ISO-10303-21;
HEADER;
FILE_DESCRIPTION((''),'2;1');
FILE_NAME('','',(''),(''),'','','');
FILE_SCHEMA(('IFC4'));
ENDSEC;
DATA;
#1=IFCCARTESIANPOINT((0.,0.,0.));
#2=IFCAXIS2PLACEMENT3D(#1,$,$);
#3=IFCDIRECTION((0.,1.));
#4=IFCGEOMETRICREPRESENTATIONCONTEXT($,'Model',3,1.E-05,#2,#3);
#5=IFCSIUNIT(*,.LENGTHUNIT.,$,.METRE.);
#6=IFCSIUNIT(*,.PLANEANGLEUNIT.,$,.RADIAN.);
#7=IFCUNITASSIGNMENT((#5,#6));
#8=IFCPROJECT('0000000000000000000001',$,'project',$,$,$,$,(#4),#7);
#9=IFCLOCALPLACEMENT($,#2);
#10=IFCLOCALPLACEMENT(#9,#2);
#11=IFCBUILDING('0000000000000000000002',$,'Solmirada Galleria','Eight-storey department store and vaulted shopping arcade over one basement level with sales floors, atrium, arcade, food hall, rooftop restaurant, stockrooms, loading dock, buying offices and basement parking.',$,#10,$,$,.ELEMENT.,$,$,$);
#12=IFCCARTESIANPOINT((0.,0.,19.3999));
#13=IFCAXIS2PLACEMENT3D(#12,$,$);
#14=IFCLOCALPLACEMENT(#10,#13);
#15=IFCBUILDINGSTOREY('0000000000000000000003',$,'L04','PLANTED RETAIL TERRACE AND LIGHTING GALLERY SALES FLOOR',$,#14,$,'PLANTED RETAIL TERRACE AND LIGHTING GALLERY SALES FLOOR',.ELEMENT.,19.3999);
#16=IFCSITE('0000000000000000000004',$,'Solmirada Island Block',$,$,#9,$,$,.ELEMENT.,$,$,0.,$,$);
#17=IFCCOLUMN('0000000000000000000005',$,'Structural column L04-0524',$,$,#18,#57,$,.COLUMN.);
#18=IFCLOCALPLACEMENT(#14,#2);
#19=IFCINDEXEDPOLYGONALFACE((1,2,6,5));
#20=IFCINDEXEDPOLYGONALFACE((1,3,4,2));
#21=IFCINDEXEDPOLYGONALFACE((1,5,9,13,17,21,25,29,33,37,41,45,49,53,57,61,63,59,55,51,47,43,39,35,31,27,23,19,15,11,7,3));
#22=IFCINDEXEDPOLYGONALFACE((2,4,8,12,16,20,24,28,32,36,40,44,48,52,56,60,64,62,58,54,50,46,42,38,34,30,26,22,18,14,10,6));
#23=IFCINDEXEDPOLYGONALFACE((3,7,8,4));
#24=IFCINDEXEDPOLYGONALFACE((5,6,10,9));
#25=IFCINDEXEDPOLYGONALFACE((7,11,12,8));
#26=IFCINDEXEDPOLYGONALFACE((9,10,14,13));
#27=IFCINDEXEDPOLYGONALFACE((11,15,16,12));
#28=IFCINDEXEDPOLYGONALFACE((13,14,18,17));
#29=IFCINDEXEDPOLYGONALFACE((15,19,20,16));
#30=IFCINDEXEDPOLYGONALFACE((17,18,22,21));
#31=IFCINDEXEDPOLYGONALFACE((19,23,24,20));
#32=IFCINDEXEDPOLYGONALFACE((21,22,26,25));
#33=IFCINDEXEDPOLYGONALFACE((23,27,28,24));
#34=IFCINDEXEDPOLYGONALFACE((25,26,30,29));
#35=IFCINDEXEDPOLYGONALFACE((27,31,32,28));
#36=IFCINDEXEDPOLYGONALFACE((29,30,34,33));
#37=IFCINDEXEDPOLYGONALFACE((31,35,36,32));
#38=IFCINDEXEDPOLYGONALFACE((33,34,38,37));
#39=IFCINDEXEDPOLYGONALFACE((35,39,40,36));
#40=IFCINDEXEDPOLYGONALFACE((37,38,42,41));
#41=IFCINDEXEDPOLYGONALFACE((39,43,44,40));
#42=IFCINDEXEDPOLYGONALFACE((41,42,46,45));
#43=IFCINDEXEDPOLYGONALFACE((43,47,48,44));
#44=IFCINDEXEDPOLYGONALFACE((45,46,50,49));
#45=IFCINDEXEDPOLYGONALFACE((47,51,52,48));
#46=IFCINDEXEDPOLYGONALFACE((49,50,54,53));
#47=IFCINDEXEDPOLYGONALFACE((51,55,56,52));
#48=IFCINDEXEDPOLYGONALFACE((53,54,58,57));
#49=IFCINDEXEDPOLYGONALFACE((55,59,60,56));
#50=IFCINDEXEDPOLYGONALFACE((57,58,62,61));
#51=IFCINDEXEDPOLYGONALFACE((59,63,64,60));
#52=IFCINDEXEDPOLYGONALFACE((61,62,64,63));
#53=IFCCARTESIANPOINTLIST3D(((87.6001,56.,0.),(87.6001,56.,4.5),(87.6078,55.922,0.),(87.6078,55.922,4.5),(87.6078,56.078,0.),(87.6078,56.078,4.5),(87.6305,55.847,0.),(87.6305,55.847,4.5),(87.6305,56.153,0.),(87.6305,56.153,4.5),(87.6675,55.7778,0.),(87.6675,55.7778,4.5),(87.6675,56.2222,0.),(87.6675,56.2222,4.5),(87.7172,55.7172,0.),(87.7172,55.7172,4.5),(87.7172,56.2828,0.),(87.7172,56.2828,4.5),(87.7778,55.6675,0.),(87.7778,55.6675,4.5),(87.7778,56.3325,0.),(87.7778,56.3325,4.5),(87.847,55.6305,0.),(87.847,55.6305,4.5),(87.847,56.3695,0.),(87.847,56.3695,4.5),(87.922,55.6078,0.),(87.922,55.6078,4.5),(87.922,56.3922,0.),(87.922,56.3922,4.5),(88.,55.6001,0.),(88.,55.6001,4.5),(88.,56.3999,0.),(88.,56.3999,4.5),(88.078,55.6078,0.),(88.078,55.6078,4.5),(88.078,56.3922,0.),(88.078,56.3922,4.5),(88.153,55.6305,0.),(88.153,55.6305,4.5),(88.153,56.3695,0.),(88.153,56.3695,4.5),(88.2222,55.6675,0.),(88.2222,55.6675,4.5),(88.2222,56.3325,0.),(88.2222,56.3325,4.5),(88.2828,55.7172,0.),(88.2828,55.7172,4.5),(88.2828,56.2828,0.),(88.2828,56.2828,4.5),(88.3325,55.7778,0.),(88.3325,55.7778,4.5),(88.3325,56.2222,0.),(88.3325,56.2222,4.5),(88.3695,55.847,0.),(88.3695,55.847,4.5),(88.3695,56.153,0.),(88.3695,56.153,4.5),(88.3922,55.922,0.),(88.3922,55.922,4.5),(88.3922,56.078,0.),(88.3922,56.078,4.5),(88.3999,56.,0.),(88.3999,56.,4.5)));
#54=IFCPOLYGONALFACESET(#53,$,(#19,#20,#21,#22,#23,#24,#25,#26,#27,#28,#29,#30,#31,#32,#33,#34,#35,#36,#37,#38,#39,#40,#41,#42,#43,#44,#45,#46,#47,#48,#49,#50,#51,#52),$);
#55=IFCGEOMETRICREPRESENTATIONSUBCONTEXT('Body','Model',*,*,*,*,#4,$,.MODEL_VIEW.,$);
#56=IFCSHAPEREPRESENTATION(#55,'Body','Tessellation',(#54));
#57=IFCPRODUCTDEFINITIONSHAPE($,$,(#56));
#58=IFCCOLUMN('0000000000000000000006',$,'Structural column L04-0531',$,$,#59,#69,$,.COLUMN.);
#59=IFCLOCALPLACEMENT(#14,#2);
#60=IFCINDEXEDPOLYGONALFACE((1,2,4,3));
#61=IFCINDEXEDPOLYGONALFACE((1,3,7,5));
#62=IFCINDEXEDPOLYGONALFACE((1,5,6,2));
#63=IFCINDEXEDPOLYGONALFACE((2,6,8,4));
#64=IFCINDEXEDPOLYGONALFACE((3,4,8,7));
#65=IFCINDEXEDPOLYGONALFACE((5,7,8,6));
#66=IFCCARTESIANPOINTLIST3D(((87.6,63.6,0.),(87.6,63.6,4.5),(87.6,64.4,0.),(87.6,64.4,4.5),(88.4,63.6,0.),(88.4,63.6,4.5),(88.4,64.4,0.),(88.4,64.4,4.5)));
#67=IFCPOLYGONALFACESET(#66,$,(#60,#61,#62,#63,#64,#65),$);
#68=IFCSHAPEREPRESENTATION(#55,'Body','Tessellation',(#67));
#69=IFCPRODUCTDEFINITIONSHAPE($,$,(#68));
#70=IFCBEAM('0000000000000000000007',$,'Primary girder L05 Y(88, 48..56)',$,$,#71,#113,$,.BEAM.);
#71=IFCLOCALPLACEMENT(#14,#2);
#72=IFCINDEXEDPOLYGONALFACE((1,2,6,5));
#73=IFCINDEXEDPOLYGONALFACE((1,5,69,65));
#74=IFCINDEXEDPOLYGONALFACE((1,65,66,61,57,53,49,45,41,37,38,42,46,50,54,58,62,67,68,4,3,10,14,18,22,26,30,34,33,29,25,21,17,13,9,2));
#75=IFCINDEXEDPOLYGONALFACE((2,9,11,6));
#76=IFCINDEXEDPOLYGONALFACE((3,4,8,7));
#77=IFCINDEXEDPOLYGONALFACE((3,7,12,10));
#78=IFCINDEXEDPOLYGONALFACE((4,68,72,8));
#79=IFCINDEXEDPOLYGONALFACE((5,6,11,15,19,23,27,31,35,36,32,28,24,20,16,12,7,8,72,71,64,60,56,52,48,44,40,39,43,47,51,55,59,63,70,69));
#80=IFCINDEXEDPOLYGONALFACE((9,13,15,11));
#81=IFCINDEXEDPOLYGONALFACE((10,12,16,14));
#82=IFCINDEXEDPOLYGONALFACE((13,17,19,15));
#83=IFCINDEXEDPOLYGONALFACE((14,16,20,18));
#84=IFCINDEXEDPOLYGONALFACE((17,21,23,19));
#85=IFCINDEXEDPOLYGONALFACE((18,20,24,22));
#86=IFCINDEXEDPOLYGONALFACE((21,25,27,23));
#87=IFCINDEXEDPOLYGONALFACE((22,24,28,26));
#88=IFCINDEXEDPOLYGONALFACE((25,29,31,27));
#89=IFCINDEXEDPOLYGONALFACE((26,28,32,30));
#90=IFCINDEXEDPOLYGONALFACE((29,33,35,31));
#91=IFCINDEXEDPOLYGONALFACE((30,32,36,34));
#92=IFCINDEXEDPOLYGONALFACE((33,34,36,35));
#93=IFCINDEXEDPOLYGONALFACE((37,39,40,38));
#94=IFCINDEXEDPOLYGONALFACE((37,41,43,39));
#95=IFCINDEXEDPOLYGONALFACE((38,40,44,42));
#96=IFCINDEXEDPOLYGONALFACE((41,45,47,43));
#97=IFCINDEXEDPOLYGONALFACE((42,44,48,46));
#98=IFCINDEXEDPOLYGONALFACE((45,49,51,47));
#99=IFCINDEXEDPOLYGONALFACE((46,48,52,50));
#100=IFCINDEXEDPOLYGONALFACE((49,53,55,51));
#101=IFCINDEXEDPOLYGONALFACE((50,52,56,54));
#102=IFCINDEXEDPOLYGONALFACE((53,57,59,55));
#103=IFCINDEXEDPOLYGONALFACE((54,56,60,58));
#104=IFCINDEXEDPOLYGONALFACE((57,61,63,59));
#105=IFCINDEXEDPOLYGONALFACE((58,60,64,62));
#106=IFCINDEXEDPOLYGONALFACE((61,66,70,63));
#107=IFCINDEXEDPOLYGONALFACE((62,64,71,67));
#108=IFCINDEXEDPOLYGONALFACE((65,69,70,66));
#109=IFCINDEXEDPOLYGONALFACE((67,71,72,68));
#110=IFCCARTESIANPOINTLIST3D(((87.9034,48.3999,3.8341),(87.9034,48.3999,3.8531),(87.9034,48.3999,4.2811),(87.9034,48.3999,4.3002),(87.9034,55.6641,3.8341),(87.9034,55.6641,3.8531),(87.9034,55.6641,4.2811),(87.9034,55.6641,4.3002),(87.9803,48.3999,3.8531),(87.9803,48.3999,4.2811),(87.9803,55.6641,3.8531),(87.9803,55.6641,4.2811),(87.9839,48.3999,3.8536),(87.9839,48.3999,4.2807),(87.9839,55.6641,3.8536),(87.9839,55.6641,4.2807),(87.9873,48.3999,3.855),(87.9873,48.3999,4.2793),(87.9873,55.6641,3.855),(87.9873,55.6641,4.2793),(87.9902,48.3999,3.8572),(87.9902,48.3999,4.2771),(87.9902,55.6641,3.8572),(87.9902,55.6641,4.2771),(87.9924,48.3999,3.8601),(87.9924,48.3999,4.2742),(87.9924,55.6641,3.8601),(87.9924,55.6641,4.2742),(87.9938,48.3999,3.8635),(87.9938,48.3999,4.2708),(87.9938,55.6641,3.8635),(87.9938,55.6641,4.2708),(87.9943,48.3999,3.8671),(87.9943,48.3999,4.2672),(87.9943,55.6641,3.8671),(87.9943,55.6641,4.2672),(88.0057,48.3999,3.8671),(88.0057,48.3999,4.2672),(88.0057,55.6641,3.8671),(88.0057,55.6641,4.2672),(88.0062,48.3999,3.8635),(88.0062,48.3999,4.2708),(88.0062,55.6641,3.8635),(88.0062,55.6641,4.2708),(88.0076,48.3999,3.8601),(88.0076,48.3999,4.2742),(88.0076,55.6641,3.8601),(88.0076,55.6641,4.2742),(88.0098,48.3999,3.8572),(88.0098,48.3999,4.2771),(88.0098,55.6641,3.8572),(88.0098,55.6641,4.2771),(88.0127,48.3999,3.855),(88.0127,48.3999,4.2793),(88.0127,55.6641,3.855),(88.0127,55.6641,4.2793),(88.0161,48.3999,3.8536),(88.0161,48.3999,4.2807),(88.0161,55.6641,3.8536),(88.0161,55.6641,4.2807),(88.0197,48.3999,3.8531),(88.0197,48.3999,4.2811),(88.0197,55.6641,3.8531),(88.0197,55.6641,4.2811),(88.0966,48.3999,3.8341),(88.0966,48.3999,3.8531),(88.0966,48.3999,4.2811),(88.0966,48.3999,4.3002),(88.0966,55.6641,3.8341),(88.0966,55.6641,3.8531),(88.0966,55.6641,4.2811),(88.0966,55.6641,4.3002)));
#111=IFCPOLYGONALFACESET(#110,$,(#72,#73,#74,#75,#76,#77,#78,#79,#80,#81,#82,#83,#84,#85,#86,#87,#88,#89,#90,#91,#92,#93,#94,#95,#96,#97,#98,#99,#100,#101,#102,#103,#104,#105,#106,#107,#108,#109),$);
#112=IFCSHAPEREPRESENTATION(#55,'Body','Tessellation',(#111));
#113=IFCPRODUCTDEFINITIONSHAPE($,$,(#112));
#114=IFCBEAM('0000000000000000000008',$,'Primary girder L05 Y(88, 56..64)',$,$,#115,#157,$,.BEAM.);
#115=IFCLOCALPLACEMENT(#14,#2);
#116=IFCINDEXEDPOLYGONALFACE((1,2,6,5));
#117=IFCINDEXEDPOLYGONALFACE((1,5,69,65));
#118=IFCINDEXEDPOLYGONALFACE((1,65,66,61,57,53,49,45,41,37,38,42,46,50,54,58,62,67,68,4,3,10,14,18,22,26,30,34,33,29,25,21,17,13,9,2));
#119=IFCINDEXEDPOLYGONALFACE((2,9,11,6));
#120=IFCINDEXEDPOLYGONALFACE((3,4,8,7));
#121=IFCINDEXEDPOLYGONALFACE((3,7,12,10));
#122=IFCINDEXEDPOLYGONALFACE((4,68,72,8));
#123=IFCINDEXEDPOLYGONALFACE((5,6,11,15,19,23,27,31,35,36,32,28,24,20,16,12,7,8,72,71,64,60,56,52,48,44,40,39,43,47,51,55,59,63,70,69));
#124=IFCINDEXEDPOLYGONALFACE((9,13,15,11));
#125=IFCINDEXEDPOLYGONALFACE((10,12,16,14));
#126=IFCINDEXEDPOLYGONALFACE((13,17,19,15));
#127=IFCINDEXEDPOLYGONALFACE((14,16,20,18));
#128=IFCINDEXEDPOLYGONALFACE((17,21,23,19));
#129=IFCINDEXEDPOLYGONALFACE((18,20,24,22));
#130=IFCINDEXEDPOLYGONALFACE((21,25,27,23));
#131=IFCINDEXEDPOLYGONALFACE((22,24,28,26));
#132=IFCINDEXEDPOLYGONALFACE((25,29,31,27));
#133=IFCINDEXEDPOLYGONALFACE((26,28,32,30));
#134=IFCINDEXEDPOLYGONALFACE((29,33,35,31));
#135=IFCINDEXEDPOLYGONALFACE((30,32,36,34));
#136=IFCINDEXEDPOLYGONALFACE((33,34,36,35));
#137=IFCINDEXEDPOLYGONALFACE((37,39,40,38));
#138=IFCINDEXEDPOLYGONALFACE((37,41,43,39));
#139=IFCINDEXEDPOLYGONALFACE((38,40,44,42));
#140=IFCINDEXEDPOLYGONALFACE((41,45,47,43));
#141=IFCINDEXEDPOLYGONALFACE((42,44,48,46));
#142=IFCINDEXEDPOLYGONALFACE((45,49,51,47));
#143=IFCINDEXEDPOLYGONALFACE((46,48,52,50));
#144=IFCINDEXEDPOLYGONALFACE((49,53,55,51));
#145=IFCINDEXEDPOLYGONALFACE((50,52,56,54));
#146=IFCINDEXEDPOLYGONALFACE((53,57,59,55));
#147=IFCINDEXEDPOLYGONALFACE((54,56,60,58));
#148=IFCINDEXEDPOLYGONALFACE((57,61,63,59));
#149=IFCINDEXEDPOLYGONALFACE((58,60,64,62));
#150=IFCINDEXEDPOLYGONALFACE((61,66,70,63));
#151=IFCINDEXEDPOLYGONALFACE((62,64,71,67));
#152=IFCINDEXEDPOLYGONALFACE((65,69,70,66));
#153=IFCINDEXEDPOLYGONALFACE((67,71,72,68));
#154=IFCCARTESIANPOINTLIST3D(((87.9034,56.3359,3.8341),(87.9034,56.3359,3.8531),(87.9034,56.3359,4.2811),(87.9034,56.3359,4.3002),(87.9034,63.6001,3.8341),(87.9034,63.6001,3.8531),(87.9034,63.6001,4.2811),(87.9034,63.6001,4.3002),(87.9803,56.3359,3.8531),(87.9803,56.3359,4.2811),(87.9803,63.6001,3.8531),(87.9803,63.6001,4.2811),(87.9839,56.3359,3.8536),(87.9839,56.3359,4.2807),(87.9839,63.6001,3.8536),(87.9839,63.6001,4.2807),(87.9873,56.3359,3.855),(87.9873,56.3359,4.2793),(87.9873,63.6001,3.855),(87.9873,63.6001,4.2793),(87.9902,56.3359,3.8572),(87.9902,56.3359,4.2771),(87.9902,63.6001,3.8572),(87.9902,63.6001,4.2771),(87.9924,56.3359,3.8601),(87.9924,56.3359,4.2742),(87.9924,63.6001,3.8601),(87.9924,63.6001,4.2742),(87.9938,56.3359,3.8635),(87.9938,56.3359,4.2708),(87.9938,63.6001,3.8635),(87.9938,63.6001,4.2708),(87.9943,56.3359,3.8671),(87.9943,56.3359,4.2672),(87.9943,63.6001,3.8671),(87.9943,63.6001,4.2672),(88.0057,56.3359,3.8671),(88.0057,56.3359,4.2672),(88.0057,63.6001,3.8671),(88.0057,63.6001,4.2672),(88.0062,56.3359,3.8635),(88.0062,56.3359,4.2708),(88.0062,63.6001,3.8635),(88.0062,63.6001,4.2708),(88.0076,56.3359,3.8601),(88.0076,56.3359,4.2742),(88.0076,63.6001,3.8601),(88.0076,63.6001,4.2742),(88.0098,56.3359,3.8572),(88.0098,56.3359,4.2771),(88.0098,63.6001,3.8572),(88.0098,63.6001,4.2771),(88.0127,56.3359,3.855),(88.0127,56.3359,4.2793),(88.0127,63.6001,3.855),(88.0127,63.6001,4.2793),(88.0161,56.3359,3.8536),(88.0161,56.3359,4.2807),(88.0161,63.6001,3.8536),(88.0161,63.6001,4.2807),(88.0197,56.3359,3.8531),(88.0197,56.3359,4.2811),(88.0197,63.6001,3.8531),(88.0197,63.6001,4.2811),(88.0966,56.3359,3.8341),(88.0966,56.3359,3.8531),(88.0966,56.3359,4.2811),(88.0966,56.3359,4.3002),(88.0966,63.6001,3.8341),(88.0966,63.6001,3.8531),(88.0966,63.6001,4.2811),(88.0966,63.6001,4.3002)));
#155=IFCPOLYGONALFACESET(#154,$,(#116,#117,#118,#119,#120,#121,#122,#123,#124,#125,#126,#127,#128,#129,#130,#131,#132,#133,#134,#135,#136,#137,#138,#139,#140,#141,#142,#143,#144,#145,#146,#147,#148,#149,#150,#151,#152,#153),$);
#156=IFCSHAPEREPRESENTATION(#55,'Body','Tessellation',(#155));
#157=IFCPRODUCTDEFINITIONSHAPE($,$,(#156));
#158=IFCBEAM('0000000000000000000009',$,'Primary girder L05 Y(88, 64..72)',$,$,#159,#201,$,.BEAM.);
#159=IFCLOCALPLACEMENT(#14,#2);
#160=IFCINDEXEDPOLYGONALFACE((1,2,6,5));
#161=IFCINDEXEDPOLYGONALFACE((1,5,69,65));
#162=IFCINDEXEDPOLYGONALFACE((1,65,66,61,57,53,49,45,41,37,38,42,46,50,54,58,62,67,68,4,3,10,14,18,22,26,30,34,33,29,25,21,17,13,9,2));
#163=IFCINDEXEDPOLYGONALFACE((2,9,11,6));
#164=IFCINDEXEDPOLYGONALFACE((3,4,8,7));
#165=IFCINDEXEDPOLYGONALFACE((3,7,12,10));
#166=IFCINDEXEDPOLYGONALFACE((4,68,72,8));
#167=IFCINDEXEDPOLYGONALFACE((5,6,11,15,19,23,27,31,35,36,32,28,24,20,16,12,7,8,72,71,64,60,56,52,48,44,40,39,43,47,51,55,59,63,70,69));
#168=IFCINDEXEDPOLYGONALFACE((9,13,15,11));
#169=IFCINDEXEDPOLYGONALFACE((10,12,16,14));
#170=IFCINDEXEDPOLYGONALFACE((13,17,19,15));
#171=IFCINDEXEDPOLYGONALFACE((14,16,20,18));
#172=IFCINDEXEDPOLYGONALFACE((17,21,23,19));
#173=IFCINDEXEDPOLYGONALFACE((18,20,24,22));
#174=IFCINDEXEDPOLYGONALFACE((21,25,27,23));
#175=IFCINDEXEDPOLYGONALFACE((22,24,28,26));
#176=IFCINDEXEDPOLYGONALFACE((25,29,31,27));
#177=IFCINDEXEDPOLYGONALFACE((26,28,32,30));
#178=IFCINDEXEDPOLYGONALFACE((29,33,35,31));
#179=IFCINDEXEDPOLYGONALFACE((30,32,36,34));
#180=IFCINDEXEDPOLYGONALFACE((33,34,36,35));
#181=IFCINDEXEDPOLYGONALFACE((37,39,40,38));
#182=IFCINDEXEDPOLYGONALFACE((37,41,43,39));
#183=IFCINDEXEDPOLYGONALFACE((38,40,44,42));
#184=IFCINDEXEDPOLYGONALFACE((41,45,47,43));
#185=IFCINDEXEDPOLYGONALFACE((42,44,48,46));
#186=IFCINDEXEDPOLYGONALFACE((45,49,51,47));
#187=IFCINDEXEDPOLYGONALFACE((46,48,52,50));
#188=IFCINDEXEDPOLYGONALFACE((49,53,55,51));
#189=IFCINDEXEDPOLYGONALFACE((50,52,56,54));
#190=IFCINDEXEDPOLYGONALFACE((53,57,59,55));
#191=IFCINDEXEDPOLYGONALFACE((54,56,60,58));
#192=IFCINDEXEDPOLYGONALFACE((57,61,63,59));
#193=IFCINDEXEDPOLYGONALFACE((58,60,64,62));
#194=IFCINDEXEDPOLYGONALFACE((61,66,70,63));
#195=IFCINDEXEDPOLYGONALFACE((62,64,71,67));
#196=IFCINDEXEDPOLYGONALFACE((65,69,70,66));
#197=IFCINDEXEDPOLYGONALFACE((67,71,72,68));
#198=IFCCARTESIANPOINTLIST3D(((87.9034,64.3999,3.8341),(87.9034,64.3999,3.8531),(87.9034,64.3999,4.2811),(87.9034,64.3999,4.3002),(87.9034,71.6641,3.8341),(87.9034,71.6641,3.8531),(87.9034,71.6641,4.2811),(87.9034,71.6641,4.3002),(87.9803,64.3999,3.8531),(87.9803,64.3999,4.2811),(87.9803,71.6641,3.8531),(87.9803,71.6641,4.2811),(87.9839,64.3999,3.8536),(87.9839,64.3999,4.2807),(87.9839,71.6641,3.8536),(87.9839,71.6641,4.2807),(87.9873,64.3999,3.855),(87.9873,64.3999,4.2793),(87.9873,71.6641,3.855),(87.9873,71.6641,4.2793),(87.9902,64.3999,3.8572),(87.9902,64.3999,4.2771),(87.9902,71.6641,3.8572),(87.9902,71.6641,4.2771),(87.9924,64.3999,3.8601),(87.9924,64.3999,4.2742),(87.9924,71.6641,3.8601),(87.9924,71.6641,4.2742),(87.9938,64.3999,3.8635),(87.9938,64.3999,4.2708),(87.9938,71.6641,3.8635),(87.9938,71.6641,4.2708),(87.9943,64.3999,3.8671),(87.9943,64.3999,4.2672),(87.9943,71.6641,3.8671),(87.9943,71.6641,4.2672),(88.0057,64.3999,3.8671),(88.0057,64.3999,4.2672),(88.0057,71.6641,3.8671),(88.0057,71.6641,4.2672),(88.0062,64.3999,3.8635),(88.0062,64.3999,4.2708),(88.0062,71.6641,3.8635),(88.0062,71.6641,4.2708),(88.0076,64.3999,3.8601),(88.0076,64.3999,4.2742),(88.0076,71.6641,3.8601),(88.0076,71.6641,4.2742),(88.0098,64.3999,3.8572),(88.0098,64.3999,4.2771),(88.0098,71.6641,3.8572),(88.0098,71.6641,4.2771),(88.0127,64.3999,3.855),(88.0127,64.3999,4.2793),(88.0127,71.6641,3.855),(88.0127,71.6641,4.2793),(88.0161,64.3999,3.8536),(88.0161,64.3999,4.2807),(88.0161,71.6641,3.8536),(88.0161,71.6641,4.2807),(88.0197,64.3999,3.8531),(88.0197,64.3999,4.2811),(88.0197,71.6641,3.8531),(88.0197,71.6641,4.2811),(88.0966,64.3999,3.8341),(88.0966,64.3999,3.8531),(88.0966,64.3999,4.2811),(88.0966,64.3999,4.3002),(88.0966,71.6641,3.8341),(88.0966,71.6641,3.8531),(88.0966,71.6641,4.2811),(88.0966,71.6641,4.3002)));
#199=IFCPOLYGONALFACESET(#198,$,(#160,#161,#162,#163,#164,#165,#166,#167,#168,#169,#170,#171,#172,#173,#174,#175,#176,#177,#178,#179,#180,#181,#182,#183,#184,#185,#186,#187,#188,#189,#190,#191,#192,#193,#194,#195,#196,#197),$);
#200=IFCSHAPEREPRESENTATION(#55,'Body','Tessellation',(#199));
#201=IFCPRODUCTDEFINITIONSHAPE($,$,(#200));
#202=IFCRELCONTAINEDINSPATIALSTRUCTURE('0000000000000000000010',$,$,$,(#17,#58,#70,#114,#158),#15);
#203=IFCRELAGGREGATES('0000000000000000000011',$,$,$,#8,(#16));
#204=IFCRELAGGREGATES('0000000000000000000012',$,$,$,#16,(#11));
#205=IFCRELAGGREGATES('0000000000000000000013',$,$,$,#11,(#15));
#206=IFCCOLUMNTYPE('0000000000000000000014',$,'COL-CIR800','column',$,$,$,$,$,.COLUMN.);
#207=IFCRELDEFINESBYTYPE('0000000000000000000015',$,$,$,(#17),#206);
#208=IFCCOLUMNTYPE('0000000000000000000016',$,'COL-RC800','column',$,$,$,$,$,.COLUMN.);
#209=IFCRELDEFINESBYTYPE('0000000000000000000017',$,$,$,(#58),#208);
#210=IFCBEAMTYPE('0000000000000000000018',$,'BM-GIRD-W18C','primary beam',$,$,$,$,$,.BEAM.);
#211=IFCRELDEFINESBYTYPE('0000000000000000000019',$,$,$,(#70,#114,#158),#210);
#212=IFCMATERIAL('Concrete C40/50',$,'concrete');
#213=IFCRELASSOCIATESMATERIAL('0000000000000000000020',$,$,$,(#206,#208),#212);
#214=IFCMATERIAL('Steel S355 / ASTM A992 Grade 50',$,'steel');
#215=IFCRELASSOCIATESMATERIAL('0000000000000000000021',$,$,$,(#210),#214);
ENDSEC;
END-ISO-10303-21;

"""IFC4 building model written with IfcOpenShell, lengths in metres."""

from ifc_helpers import new_model, si_unit, direction, frame, origin, origin_2d, place, context, subcontext, project, spatial, rectangle, circle, i_section, extrude, material, material_profile, profile_set, type_object, element, save


model = new_model("IFC4")

# Units and contexts
model_context = context("Model", 3, precision=1e-05, world=origin(), true_north=direction((0.0, 1.0)))
body_context = subcontext(model_context, "Body", "Model", "MODEL_VIEW")
ifc_project = project(units=[si_unit("LENGTHUNIT", "METRE"), si_unit("PLANEANGLEUNIT", "RADIAN")], contexts=[model_context])

# Site, building, storey
site_placement = place(None, origin())
site = spatial("IfcSite", under=ifc_project, at=site_placement, Name="Solmirada Island Block", CompositionType="ELEMENT", RefElevation=0.0)
building_placement = place(site_placement, origin())
building = spatial("IfcBuilding", under=site, at=building_placement, Name="Solmirada Galleria", Description="Eight-storey department store and vaulted shopping arcade over one basement level with sales floors, atrium, arcade, food hall, rooftop restaurant, stockrooms, loading dock, buying offices and basement parking.", CompositionType="ELEMENT")
storey_placement = place(building_placement, frame((0.0, 0.0, 19.3999)))
storey = spatial("IfcBuildingStorey", under=building, at=storey_placement, Name="L04", Description="PLANTED RETAIL TERRACE AND LIGHTING GALLERY SALES FLOOR", LongName="PLANTED RETAIL TERRACE AND LIGHTING GALLERY SALES FLOOR", CompositionType="ELEMENT", Elevation=19.3999)

# Columns
ifc_material_1 = material(Name="Concrete C40/50", Category="concrete")
ifc_material_profile_1 = material_profile(ifc_material_1, circle(Radius=0.3999, at=origin_2d()), Name="RCCOL800")
ifc_profile_set_1 = profile_set([ifc_material_profile_1], Name="Concrete C40/50")
column_type_1 = type_object("IfcColumnType", Name="COL-CIR800", Description="column", PredefinedType="COLUMN", material=ifc_profile_set_1)
column_1_placement = place(storey_placement, frame((88.0, 56.0, 0.0), z_axis=(0.0, 0.0, 1.0), x_axis=(1.0, 0.0, 0.0)))
element("IfcColumn", 1, at=column_1_placement, inside=storey, type_object=column_type_1, Name="Structural column L04-0524", PredefinedType="COLUMN", context=body_context, shape_type="SweptSolid", body=[
    extrude(circle(Radius=0.3999, at=origin_2d()), origin(), (0.0, 0.0, 1.0), 4.5),
])
ifc_material_profile_2 = material_profile(ifc_material_1, rectangle(XDim=0.8, YDim=0.8, at=origin_2d()), Name="RC800X800")
ifc_profile_set_2 = profile_set([ifc_material_profile_2], Name="Concrete C40/50")
column_type_2 = type_object("IfcColumnType", Name="COL-RC800", Description="column", PredefinedType="COLUMN", material=ifc_profile_set_2)
column_2_placement = place(storey_placement, frame((88.0, 64.0, 0.0), z_axis=(0.0, 0.0, 1.0), x_axis=(1.0, 0.0, 0.0)))
element("IfcColumn", 2, at=column_2_placement, inside=storey, type_object=column_type_2, Name="Structural column L04-0531", PredefinedType="COLUMN", context=body_context, shape_type="SweptSolid", body=[
    extrude(rectangle(XDim=0.8, YDim=0.8, at=origin_2d()), origin(), (0.0, 0.0, 1.0), 4.5),
])

# Beams
ifc_material_2 = material(Name="Steel S355 / ASTM A992 Grade 50", Category="steel")
ifc_material_profile_3 = material_profile(ifc_material_2, i_section(OverallWidth=0.1931, OverallDepth=0.4661, WebThickness=0.0115, FlangeThickness=0.019, FilletRadius=0.0139, at=origin_2d()), Name="W18X65")
ifc_profile_set_3 = profile_set([ifc_material_profile_3], Name="Steel S355 / ASTM A992 Grade 50")
beam_type_1 = type_object("IfcBeamType", Name="BM-GIRD-W18C", Description="primary beam", PredefinedType="BEAM", material=ifc_profile_set_3)
for number, where, z_axis, x_axis, name in (
    (3, (88.0, 48.3999, 4.0671), (0.0, 1.0, 0.0), (-1.0, 0.0, 0.0), "Primary girder L05 Y(88, 48..56)"),
    (4, (88.0, 56.3359, 4.0671), (0.0, 1.0, 0.0), (-1.0, 0.0, 0.0), "Primary girder L05 Y(88, 56..64)"),
    (5, (88.0, 64.3999, 4.0671), (0.0, 1.0, 0.0), (-1.0, 0.0, 0.0), "Primary girder L05 Y(88, 64..72)"),
):
    element("IfcBeam", number, at=place(storey_placement, frame(where, z_axis=z_axis, x_axis=x_axis)), inside=storey, type_object=beam_type_1, Name=name, PredefinedType="BEAM", context=body_context, shape_type="SweptSolid", body=[
        extrude(i_section(OverallWidth=0.1931, OverallDepth=0.4661, WebThickness=0.0115, FlangeThickness=0.019, FilletRadius=0.0139, at=origin_2d()), origin(), (0.0, 0.0, 1.0), 7.2642),
    ])

save(model, "model.ifc")
